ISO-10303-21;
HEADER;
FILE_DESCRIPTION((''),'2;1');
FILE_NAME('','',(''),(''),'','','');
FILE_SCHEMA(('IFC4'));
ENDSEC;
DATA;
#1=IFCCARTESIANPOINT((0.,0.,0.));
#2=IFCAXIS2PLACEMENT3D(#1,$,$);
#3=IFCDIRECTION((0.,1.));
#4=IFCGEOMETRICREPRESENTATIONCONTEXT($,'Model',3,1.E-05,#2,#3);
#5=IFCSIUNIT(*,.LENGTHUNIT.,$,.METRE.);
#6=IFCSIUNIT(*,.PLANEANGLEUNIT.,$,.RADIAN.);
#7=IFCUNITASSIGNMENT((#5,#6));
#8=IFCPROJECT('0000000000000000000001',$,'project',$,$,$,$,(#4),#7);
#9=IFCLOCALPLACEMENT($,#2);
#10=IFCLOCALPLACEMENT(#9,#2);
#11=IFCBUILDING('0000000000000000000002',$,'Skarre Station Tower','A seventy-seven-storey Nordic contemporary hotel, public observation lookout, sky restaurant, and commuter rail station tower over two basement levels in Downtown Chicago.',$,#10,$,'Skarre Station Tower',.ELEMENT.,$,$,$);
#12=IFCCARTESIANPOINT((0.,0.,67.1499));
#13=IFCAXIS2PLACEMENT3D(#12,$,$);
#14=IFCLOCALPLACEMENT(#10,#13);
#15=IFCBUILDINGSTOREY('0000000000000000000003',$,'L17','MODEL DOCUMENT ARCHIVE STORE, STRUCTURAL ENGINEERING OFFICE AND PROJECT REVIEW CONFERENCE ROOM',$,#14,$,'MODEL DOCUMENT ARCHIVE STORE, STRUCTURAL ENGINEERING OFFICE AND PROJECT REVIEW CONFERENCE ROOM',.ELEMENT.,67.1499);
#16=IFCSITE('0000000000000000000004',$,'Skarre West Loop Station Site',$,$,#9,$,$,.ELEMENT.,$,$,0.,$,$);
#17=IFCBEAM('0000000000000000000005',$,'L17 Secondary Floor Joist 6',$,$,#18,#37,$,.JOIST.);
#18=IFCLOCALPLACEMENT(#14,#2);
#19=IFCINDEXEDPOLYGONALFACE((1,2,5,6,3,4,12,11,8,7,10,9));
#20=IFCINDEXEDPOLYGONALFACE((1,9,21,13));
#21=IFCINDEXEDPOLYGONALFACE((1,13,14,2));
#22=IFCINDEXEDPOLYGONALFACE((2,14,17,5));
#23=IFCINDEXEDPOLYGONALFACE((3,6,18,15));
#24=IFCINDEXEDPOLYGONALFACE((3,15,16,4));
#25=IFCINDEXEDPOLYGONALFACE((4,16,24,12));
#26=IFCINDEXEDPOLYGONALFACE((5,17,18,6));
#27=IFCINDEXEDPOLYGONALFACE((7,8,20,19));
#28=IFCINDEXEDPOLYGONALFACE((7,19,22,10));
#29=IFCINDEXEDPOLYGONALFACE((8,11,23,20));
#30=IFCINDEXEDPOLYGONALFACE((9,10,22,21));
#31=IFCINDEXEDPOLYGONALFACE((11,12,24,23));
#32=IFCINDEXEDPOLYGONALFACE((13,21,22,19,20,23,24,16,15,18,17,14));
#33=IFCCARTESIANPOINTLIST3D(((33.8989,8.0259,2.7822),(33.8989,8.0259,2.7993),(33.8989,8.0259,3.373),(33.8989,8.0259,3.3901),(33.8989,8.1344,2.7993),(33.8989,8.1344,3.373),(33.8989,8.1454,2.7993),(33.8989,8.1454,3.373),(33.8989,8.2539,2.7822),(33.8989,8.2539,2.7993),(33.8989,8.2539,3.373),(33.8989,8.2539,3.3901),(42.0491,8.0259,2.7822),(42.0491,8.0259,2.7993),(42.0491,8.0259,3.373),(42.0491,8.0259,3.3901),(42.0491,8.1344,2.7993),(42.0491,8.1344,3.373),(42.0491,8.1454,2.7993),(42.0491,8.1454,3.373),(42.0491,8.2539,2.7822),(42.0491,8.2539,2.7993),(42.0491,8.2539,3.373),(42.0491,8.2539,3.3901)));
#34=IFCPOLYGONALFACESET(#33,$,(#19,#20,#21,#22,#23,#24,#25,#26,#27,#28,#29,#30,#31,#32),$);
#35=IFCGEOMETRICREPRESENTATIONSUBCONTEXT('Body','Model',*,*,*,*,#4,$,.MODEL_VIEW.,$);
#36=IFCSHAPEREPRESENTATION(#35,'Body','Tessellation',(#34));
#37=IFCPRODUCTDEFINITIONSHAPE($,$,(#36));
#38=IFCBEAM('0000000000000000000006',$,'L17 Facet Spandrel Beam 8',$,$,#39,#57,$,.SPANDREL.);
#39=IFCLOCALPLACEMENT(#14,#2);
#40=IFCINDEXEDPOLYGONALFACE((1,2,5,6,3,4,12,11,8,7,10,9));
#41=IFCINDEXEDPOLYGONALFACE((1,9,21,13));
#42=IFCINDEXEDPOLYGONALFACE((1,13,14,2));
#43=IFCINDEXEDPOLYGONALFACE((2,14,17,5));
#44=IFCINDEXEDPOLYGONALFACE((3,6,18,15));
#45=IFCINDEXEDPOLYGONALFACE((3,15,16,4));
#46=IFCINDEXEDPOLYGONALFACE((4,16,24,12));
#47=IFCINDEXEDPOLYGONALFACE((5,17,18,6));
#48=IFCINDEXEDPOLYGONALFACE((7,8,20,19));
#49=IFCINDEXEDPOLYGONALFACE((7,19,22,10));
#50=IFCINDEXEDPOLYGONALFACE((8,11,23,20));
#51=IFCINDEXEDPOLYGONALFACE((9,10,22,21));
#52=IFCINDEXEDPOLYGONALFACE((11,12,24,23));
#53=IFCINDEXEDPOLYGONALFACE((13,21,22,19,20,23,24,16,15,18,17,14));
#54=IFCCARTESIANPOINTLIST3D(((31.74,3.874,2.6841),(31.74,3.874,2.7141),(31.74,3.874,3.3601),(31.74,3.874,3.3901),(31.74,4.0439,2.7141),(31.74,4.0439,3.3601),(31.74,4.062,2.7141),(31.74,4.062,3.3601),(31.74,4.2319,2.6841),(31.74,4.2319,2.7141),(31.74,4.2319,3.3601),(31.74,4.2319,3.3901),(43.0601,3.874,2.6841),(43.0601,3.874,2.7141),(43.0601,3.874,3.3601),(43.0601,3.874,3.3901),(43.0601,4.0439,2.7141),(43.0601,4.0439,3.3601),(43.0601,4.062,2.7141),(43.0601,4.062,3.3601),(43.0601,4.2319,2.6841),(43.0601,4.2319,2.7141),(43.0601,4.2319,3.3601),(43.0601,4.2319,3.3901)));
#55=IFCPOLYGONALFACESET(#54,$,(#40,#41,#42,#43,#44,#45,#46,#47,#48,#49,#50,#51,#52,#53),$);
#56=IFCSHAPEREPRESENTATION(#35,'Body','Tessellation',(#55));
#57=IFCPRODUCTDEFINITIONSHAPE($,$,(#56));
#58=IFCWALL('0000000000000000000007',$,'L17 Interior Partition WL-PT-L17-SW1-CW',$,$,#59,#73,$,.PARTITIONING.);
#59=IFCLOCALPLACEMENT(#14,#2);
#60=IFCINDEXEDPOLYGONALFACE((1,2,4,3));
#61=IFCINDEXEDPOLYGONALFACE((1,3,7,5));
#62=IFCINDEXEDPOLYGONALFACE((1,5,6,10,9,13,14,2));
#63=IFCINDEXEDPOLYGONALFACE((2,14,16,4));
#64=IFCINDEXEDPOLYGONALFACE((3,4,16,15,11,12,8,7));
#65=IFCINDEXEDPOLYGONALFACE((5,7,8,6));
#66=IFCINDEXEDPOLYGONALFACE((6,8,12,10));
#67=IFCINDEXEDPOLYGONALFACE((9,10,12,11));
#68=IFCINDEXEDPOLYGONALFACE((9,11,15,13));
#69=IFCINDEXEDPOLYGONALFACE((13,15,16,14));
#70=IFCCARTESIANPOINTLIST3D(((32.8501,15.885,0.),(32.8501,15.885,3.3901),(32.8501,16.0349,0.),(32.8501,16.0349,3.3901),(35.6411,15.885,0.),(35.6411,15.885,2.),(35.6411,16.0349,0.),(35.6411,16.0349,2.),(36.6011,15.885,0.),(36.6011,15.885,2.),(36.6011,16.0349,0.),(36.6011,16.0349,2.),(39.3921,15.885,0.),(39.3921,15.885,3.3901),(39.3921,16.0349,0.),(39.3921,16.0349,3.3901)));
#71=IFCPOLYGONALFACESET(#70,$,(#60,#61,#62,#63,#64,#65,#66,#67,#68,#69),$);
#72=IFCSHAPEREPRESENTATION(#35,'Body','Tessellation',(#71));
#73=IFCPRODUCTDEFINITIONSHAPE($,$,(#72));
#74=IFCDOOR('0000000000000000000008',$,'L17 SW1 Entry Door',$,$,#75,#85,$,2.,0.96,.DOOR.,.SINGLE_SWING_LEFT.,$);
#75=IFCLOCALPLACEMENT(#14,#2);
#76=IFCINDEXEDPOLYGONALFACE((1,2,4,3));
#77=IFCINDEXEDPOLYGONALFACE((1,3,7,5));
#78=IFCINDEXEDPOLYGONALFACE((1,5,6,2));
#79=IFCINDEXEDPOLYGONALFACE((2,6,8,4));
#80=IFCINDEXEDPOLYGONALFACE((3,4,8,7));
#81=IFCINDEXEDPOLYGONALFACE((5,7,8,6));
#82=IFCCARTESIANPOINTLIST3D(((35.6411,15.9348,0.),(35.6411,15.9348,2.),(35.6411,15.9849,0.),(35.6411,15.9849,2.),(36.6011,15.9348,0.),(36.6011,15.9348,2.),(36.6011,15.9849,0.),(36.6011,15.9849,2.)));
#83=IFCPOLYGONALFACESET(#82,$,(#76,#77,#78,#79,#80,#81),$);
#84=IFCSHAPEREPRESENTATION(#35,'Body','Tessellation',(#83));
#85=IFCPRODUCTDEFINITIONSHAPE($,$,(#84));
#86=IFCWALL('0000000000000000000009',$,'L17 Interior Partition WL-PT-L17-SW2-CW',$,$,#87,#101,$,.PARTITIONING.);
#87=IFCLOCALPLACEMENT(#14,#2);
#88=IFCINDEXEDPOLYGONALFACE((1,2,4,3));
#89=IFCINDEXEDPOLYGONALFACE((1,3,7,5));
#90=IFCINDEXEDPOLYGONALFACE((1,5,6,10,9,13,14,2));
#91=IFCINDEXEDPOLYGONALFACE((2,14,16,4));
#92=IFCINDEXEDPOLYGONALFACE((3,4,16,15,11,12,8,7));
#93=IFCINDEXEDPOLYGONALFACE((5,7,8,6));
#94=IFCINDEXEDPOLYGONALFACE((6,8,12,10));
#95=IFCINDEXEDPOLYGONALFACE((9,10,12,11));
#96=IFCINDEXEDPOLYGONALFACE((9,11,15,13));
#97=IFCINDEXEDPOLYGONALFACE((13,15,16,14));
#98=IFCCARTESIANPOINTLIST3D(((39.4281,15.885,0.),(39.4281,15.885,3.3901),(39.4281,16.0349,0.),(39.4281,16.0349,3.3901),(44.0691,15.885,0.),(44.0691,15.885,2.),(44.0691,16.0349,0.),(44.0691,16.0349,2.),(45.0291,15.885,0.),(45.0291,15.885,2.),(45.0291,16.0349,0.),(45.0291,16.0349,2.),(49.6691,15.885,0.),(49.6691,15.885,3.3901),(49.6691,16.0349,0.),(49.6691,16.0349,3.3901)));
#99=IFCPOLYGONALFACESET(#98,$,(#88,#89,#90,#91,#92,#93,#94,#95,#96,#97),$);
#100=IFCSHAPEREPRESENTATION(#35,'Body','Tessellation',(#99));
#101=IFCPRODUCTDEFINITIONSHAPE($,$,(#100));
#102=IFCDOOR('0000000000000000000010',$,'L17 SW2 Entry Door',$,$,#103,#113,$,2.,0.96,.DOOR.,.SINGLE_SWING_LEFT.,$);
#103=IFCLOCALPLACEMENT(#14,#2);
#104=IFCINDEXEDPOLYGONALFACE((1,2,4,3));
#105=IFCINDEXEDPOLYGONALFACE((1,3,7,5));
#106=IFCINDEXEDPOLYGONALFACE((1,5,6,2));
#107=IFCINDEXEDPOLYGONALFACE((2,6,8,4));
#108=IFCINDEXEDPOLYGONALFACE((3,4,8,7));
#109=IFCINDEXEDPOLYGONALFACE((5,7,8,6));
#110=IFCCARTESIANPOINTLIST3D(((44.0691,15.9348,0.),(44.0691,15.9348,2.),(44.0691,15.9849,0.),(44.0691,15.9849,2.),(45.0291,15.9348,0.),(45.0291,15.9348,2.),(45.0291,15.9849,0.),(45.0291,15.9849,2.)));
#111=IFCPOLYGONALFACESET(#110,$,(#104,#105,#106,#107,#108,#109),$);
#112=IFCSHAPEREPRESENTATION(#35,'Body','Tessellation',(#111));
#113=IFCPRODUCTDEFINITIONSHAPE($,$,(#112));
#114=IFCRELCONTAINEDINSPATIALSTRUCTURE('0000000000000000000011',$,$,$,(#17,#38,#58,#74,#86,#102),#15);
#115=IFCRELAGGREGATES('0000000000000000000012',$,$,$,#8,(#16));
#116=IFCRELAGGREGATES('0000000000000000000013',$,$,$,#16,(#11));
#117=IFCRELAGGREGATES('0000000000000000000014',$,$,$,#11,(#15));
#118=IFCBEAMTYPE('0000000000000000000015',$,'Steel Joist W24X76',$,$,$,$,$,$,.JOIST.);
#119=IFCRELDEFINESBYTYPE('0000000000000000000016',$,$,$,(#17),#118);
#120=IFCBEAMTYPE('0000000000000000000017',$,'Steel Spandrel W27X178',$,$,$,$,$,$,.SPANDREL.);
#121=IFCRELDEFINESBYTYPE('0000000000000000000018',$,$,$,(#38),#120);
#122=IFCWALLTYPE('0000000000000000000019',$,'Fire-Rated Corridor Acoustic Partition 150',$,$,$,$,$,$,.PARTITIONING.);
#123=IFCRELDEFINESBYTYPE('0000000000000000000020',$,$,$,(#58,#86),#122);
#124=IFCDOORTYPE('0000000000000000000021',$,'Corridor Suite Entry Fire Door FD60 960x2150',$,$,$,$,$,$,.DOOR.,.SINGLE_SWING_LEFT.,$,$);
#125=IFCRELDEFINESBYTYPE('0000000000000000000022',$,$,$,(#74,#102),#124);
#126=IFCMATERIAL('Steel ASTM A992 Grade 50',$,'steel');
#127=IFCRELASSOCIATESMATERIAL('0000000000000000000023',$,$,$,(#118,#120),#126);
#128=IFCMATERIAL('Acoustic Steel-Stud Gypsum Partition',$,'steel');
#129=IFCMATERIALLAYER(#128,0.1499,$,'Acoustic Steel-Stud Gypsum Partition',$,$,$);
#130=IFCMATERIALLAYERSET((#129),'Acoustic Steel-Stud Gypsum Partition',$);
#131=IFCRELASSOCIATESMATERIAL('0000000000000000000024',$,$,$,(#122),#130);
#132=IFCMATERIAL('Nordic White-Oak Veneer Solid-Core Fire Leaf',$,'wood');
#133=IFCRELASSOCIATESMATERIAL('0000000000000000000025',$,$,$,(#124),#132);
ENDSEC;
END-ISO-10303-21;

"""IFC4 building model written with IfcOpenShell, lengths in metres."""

from ifc_helpers import new_model, si_unit, direction, frame, frame_2d, origin, origin_2d, place, context, subcontext, project, spatial, rectangle, i_section, extrude, material, layer, layer_set, material_profile, profile_set, type_object, element, fill, save


model = new_model("IFC4")

# Units and contexts
model_context = context("Model", 3, precision=1e-05, world=origin(), true_north=direction((0.0, 1.0)))
body_context = subcontext(model_context, "Body", "Model", "MODEL_VIEW")
ifc_project = project(units=[si_unit("LENGTHUNIT", "METRE"), si_unit("PLANEANGLEUNIT", "RADIAN")], contexts=[model_context])

# Site, building, storey
site_placement = place(None, origin())
site = spatial("IfcSite", under=ifc_project, at=site_placement, Name="Skarre West Loop Station Site", CompositionType="ELEMENT", RefElevation=0.0)
building_placement = place(site_placement, origin())
building = spatial("IfcBuilding", under=site, at=building_placement, Name="Skarre Station Tower", Description="A seventy-seven-storey Nordic contemporary hotel, public observation lookout, sky restaurant, and commuter rail station tower over two basement levels in Downtown Chicago.", LongName="Skarre Station Tower", CompositionType="ELEMENT")
storey_placement = place(building_placement, frame((0.0, 0.0, 67.1499)))
storey = spatial("IfcBuildingStorey", under=building, at=storey_placement, Name="L17", Description="MODEL DOCUMENT ARCHIVE STORE, STRUCTURAL ENGINEERING OFFICE AND PROJECT REVIEW CONFERENCE ROOM", LongName="MODEL DOCUMENT ARCHIVE STORE, STRUCTURAL ENGINEERING OFFICE AND PROJECT REVIEW CONFERENCE ROOM", CompositionType="ELEMENT", Elevation=67.1499)

# Beams
ifc_material_1 = material(Name="Steel ASTM A992 Grade 50", Category="steel")
ifc_material_profile_1 = material_profile(ifc_material_1, i_section(OverallWidth=0.228, OverallDepth=0.6079, WebThickness=0.011, FlangeThickness=0.0171, at=origin_2d()), Name="Steel ASTM A992 Grade 50")
ifc_profile_set_1 = profile_set([ifc_material_profile_1], Name="Steel ASTM A992 Grade 50")
beam_type_1 = type_object("IfcBeamType", Name="Steel Joist W24X76", PredefinedType="JOIST", material=ifc_profile_set_1)
beam_1_placement = place(storey_placement, frame((33.8989, 8.1399, 3.0862), z_axis=(1.0, 0.0, 0.0), x_axis=(0.0, 1.0, 0.0)))
element("IfcBeam", 1, at=beam_1_placement, inside=storey, type_object=beam_type_1, Name="L17 Secondary Floor Joist 6", PredefinedType="JOIST", context=body_context, shape_type="SweptSolid", body=[
    extrude(i_section(OverallWidth=0.228, OverallDepth=0.6079, WebThickness=0.011, FlangeThickness=0.0171, at=origin_2d()), origin(), (0.0, 0.0, 1.0), 8.1501),
])
ifc_material_profile_2 = material_profile(ifc_material_1, i_section(OverallWidth=0.3579, OverallDepth=0.7061, WebThickness=0.0181, FlangeThickness=0.03, at=origin_2d()), Name="Steel ASTM A992 Grade 50")
ifc_profile_set_2 = profile_set([ifc_material_profile_2], Name="Steel ASTM A992 Grade 50")
beam_type_2 = type_object("IfcBeamType", Name="Steel Spandrel W27X178", PredefinedType="SPANDREL", material=ifc_profile_set_2)
beam_2_placement = place(storey_placement, frame((31.74, 4.053, 3.0371), z_axis=(1.0, 0.0, 0.0), x_axis=(0.0, 1.0, 0.0)))
element("IfcBeam", 2, at=beam_2_placement, inside=storey, type_object=beam_type_2, Name="L17 Facet Spandrel Beam 8", PredefinedType="SPANDREL", context=body_context, shape_type="SweptSolid", body=[
    extrude(i_section(OverallWidth=0.3579, OverallDepth=0.7061, WebThickness=0.0181, FlangeThickness=0.03, at=origin_2d()), origin(), (0.0, 0.0, 1.0), 11.3201),
])

# Walls, openings, doors
ifc_material_2 = material(Name="Acoustic Steel-Stud Gypsum Partition", Category="steel")
ifc_layer_1 = layer(ifc_material_2, 0.1499, Name="Acoustic Steel-Stud Gypsum Partition")
ifc_layer_set_1 = layer_set([ifc_layer_1], Name="Acoustic Steel-Stud Gypsum Partition")
wall_type_1 = type_object("IfcWallType", Name="Fire-Rated Corridor Acoustic Partition 150", PredefinedType="PARTITIONING", material=ifc_layer_set_1)
wall_1_placement = place(storey_placement, frame((32.8501, 15.96, 0.0), z_axis=(0.0, 0.0, 1.0), x_axis=(1.0, 0.0, 0.0)))
wall_1 = element("IfcWall", 3, at=wall_1_placement, inside=storey, type_object=wall_type_1, Name="L17 Interior Partition WL-PT-L17-SW1-CW", PredefinedType="PARTITIONING", context=body_context, shape_type="SweptSolid", body=[
    extrude(rectangle(XDim=6.542, YDim=0.1499, at=frame_2d((3.271, 0.0))), origin(), (0.0, 0.0, 1.0), 3.3901),
])
opening_1_placement = place(wall_1_placement, frame((2.791, 0.0, 0.0)))
opening_1 = element("IfcOpeningElement", 4, at=opening_1_placement, cuts=wall_1, PredefinedType="OPENING", context=body_context, shape_type="SweptSolid", body=[
    extrude(rectangle(XDim=0.96, YDim=2.0, at=frame_2d((0.48, 1.0))), frame((0.0, 0.085, 0.0), z_axis=(0.0, -1.0, 0.0), x_axis=(1.0, 0.0, 0.0)), (0.0, 0.0, 1.0), 0.1699),
])
ifc_material_3 = material(Name="Nordic White-Oak Veneer Solid-Core Fire Leaf", Category="wood")
door_type_1 = type_object("IfcDoorType", Name="Corridor Suite Entry Fire Door FD60 960x2150", OperationType="SINGLE_SWING_LEFT", PredefinedType="DOOR", material=ifc_material_3)
door_1_placement = place(opening_1_placement, origin())
door_1 = element("IfcDoor", 5, at=door_1_placement, inside=storey, type_object=door_type_1, Name="L17 SW1 Entry Door", OperationType="SINGLE_SWING_LEFT", OverallHeight=2.0, OverallWidth=0.96, PredefinedType="DOOR", context=body_context, shape_type="SweptSolid", body=[
    extrude(rectangle(XDim=0.96, YDim=2.0, at=frame_2d((0.48, 1.0))), frame((0.0, 0.0249, 0.0), z_axis=(0.0, -1.0, 0.0), x_axis=(1.0, 0.0, 0.0)), (0.0, 0.0, 1.0), 0.05),
])
fill(opening_1, door_1)
wall_2_placement = place(storey_placement, frame((39.428, 15.96, 0.0), z_axis=(0.0, 0.0, 1.0), x_axis=(1.0, 0.0, 0.0)))
wall_2 = element("IfcWall", 6, at=wall_2_placement, inside=storey, type_object=wall_type_1, Name="L17 Interior Partition WL-PT-L17-SW2-CW", PredefinedType="PARTITIONING", context=body_context, shape_type="SweptSolid", body=[
    extrude(rectangle(XDim=10.241, YDim=0.1499, at=frame_2d((5.1206, 0.0))), origin(), (0.0, 0.0, 1.0), 3.3901),
])
opening_2_placement = place(wall_2_placement, frame((4.6411, 0.0, 0.0)))
opening_2 = element("IfcOpeningElement", 7, at=opening_2_placement, cuts=wall_2, PredefinedType="OPENING", context=body_context, shape_type="SweptSolid", body=[
    extrude(rectangle(XDim=0.96, YDim=2.0, at=frame_2d((0.48, 1.0))), frame((0.0, 0.085, 0.0), z_axis=(0.0, -1.0, 0.0), x_axis=(1.0, 0.0, 0.0)), (0.0, 0.0, 1.0), 0.1699),
])
door_2_placement = place(opening_2_placement, origin())
door_2 = element("IfcDoor", 8, at=door_2_placement, inside=storey, type_object=door_type_1, Name="L17 SW2 Entry Door", OperationType="SINGLE_SWING_LEFT", OverallHeight=2.0, OverallWidth=0.96, PredefinedType="DOOR", context=body_context, shape_type="SweptSolid", body=[
    extrude(rectangle(XDim=0.96, YDim=2.0, at=frame_2d((0.48, 1.0))), frame((0.0, 0.0249, 0.0), z_axis=(0.0, -1.0, 0.0), x_axis=(1.0, 0.0, 0.0)), (0.0, 0.0, 1.0), 0.05),
])
fill(opening_2, door_2)

save(model, "model.ifc")
